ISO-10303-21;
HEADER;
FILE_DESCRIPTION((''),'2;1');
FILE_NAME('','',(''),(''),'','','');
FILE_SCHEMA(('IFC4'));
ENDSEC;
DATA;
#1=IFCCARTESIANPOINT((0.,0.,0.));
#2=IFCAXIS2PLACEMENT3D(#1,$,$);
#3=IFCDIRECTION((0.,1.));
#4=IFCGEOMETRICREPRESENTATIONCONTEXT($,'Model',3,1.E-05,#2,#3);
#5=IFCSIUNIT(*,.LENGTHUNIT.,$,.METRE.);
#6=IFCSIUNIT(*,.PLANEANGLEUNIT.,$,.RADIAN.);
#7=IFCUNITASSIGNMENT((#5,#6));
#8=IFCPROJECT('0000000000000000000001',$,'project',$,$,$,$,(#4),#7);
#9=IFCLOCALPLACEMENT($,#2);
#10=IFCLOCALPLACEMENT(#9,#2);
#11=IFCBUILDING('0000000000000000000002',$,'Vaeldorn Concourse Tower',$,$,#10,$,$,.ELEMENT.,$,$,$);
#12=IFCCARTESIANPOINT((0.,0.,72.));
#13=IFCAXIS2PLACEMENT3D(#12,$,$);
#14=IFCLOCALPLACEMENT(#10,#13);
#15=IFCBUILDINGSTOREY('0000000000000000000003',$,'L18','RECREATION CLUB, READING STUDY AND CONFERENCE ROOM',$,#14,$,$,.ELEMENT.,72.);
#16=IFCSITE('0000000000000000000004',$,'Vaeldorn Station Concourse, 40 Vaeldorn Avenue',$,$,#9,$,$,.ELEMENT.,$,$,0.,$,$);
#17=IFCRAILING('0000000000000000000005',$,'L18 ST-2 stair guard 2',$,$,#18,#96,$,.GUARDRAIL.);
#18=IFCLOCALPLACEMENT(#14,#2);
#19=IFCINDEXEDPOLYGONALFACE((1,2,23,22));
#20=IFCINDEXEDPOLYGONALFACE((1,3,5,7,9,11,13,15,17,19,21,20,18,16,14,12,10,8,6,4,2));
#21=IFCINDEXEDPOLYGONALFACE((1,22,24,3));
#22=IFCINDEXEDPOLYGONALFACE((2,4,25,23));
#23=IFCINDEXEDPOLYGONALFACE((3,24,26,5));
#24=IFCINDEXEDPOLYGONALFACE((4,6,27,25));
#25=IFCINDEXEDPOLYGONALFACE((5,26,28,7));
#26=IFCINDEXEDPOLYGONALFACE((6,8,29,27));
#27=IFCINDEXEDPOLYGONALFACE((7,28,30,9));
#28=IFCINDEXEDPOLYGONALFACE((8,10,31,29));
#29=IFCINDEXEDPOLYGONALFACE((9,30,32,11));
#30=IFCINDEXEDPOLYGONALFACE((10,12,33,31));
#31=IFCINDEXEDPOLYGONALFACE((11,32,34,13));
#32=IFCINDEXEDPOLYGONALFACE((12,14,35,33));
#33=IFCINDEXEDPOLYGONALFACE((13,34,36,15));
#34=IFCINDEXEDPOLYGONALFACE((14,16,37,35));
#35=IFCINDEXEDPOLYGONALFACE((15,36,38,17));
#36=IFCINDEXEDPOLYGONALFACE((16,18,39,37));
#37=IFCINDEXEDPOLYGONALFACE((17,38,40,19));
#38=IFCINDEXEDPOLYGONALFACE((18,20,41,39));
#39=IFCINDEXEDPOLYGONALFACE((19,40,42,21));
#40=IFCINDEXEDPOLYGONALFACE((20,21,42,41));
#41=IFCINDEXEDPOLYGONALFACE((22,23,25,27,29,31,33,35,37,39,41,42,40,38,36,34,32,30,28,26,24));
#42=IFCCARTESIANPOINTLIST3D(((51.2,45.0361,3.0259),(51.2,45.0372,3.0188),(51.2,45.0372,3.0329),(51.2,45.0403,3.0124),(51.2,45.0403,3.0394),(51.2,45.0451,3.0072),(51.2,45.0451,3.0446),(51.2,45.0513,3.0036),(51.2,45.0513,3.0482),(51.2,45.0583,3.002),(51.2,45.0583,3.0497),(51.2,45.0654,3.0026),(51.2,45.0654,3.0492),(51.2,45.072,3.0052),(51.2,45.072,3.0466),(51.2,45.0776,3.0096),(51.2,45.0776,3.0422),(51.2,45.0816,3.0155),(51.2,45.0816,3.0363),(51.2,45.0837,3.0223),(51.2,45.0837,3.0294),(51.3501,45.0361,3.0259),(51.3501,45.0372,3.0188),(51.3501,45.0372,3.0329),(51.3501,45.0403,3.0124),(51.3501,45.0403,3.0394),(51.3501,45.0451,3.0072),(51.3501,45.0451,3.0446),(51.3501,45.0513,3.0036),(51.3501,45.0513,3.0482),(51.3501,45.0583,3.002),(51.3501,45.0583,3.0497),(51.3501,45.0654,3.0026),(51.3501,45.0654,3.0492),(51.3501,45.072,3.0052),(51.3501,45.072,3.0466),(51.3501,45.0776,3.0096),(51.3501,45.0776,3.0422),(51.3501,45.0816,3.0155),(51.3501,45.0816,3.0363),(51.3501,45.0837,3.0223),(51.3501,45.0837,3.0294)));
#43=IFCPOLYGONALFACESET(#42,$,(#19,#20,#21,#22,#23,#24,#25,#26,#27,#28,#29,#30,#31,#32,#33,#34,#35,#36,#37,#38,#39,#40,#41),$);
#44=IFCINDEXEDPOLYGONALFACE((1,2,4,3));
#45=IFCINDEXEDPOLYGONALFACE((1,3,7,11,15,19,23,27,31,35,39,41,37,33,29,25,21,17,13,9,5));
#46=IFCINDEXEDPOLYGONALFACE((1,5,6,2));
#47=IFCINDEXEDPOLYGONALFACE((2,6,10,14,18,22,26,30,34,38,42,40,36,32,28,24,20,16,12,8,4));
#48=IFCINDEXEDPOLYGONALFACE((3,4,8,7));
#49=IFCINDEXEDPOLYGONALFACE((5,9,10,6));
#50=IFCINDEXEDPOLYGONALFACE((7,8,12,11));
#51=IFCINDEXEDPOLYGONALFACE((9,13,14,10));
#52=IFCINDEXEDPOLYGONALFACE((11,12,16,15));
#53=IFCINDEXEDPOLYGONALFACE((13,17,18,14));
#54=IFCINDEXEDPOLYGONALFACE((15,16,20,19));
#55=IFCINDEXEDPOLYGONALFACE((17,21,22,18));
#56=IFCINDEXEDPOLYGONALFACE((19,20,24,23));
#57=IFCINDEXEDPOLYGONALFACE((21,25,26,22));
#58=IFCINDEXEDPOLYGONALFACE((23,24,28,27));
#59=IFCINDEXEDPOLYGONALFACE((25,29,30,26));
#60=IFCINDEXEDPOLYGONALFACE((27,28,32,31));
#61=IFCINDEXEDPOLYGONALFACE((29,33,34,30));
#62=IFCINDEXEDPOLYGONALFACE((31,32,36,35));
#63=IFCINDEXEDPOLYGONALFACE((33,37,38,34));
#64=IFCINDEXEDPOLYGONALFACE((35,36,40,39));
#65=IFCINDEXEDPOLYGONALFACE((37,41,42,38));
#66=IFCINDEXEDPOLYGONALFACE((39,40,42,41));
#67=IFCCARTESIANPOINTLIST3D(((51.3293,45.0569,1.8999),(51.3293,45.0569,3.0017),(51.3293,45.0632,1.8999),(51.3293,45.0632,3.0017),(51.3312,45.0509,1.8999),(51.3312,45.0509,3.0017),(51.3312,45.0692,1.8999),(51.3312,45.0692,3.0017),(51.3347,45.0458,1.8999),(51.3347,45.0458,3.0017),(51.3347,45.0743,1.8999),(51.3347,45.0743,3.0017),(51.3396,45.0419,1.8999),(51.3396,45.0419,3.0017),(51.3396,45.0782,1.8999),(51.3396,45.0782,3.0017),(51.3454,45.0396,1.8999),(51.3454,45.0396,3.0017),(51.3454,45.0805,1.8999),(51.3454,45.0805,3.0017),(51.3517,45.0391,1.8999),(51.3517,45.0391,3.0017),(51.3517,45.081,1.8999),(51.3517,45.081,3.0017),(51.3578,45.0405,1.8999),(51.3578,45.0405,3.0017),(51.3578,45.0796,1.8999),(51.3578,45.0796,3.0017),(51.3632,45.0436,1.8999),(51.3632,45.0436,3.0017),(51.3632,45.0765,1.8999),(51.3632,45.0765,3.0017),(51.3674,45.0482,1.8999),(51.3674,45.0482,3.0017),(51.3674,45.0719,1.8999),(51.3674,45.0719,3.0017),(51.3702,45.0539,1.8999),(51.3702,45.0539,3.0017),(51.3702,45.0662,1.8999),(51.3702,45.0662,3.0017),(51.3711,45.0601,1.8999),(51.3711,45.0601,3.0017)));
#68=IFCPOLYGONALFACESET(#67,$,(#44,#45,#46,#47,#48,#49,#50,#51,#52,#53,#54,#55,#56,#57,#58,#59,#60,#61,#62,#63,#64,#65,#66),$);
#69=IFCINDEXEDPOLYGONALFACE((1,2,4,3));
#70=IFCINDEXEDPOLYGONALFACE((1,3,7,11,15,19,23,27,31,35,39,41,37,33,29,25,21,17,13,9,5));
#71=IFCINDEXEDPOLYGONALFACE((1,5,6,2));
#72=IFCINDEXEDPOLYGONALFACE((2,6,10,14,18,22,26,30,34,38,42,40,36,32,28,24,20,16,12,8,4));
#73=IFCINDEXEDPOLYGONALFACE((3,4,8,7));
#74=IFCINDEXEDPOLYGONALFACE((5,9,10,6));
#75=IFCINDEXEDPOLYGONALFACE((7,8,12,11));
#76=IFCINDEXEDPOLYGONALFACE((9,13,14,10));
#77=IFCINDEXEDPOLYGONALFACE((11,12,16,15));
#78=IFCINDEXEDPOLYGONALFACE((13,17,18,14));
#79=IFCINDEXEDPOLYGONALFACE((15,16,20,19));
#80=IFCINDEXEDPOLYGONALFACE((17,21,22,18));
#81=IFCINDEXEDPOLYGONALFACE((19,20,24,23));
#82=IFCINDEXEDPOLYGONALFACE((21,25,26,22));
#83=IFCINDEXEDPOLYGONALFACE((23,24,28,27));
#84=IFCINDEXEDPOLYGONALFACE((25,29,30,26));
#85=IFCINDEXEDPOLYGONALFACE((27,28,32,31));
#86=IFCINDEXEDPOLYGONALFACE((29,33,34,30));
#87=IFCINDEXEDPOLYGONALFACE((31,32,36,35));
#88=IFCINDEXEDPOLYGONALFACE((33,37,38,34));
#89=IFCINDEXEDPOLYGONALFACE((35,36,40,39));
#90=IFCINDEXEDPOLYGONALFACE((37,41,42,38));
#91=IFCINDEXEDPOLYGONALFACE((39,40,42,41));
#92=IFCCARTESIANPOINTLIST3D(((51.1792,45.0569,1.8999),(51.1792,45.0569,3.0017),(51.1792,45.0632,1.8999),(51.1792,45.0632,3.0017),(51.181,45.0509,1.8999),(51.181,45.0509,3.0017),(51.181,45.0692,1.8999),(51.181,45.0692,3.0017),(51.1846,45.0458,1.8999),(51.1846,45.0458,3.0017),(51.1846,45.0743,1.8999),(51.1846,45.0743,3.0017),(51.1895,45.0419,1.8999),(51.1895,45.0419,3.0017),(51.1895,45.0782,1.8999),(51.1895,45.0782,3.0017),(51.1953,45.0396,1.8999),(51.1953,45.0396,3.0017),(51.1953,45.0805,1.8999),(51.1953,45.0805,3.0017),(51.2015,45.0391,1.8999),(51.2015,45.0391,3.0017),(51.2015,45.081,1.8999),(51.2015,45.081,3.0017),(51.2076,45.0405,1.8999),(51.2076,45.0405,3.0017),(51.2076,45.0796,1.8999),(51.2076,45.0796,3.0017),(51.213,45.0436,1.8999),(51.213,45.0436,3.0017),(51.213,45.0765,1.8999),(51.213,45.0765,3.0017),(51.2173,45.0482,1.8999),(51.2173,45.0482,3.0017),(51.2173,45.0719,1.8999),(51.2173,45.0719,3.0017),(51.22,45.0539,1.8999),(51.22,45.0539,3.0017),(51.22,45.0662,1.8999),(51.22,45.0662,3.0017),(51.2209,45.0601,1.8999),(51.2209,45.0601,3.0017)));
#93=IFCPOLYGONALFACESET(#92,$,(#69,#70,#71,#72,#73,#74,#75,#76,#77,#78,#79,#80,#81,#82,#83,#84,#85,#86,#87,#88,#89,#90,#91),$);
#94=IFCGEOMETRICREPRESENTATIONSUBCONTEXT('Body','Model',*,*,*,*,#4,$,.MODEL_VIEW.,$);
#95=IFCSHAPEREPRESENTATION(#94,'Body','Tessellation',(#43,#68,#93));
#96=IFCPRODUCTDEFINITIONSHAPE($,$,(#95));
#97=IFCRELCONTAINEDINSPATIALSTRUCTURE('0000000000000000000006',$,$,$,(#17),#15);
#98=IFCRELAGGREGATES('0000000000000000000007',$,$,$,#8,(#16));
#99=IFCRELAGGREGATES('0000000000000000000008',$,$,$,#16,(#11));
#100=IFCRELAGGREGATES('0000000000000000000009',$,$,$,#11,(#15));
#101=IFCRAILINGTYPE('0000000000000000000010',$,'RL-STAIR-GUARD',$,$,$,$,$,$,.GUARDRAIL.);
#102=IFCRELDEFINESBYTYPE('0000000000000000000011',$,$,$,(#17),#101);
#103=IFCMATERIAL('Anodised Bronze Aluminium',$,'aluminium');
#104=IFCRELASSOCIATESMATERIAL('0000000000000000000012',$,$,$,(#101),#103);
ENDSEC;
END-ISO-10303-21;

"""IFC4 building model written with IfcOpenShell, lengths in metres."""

from ifc_helpers import new_model, si_unit, direction, frame, origin, origin_2d, place, context, subcontext, project, spatial, circle, extrude, material, type_object, element, save


model = new_model("IFC4")

# Units and contexts
model_context = context("Model", 3, precision=1e-05, world=origin(), true_north=direction((0.0, 1.0)))
body_context = subcontext(model_context, "Body", "Model", "MODEL_VIEW")
ifc_project = project(units=[si_unit("LENGTHUNIT", "METRE"), si_unit("PLANEANGLEUNIT", "RADIAN")], contexts=[model_context])

# Site, building, storey
site_placement = place(None, origin())
site = spatial("IfcSite", under=ifc_project, at=site_placement, Name="Vaeldorn Station Concourse, 40 Vaeldorn Avenue", CompositionType="ELEMENT", RefElevation=0.0)
building_placement = place(site_placement, origin())
building = spatial("IfcBuilding", under=site, at=building_placement, Name="Vaeldorn Concourse Tower", CompositionType="ELEMENT")
storey_placement = place(building_placement, frame((0.0, 0.0, 72.0)))
storey = spatial("IfcBuildingStorey", under=building, at=storey_placement, Name="L18", Description="RECREATION CLUB, READING STUDY AND CONFERENCE ROOM", CompositionType="ELEMENT", Elevation=72.0)

# Shared definitions
ifc_material_1 = material(Name="Anodised Bronze Aluminium", Category="aluminium")

# Railing
railing_type_1 = type_object("IfcRailingType", Name="RL-STAIR-GUARD", PredefinedType="GUARDRAIL", material=ifc_material_1)
railing_1_placement = place(storey_placement, frame((51.3501, 45.0601, 1.8999)))
element("IfcRailing", 1, at=railing_1_placement, inside=storey, type_object=railing_type_1, Name="L18 ST-2 stair guard 2", PredefinedType="GUARDRAIL", context=body_context, shape_type="SweptSolid", body=[
    extrude(circle(Radius=0.0239, at=origin_2d()), frame((0.0, 0.0, 1.126), z_axis=(-1.0, 0.0, 0.0), x_axis=(0.0, -1.0, 0.0)), (0.0, 0.0, 1.0), 0.1501),
    extrude(circle(Radius=0.021, at=origin_2d()), origin(), (0.0, 0.0, 1.0), 1.1018),
    extrude(circle(Radius=0.021, at=origin_2d()), frame((-0.1501, 0.0, 0.0)), (0.0, 0.0, 1.0), 1.1018),
])

save(model, "model.ifc")
